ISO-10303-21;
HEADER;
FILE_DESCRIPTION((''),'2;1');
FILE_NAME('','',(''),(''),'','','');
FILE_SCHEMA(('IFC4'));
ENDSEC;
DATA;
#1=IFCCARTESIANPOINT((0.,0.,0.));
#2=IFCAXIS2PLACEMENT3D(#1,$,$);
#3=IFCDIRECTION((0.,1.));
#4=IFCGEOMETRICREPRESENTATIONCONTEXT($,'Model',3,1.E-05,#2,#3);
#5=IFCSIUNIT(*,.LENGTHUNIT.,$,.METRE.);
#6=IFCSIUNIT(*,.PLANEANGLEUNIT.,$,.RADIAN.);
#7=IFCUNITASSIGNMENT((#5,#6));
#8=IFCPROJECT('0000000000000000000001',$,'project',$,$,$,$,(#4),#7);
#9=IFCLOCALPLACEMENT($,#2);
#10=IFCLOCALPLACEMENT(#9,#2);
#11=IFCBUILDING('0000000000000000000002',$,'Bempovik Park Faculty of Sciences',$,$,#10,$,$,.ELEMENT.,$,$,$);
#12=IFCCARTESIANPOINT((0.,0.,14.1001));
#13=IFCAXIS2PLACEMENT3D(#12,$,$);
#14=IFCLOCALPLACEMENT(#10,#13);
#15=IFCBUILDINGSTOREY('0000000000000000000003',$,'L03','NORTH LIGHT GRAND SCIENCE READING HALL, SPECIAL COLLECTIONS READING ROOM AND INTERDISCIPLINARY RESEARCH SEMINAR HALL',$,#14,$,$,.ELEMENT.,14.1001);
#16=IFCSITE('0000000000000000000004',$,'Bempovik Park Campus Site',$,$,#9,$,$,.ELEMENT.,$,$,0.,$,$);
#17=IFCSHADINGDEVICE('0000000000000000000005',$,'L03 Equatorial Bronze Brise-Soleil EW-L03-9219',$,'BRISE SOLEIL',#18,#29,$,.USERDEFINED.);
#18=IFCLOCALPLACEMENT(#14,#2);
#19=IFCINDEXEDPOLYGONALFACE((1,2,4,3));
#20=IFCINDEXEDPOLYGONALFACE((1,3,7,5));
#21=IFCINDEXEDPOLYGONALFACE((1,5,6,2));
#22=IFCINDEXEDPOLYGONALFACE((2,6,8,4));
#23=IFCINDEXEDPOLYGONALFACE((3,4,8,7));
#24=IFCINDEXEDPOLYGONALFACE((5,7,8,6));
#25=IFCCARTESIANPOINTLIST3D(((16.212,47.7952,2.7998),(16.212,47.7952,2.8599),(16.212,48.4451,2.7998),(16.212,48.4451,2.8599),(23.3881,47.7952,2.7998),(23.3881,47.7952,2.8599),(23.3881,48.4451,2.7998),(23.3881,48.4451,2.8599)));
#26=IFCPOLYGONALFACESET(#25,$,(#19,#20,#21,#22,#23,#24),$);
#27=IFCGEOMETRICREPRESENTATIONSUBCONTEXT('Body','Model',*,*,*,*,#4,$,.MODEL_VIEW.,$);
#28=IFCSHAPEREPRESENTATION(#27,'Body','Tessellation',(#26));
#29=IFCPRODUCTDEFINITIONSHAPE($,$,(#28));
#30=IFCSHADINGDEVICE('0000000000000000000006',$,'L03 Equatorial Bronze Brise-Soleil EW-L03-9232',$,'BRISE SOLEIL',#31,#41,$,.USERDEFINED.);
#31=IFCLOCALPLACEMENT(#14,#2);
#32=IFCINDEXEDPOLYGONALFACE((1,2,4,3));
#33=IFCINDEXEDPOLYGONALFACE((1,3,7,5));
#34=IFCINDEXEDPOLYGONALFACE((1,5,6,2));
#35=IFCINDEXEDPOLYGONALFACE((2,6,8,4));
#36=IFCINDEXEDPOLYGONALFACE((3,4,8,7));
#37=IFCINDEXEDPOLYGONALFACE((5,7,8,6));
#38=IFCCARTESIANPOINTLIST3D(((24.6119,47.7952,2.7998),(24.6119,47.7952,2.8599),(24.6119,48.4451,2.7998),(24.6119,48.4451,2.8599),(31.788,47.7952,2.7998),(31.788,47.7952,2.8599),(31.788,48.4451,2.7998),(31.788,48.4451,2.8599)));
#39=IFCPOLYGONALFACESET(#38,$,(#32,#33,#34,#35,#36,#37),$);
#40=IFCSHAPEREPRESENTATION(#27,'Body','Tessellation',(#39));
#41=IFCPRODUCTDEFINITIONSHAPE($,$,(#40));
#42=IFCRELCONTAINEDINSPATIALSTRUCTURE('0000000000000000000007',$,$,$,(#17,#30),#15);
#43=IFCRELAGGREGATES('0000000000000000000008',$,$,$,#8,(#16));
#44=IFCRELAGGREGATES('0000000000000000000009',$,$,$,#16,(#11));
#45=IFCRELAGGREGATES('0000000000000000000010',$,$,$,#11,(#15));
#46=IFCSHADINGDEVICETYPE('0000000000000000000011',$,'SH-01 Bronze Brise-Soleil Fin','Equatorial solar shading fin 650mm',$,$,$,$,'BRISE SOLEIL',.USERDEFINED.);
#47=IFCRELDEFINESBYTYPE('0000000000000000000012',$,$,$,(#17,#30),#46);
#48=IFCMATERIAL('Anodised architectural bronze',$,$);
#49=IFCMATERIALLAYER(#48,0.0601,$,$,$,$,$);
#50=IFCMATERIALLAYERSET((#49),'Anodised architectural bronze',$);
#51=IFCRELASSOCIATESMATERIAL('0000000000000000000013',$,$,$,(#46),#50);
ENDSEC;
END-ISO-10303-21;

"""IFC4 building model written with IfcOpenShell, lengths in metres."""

from ifc_helpers import new_model, si_unit, direction, frame, origin, origin_2d, place, context, subcontext, project, spatial, rectangle, extrude, material, layer, layer_set, type_object, element, save


model = new_model("IFC4")

# Units and contexts
model_context = context("Model", 3, precision=1e-05, world=origin(), true_north=direction((0.0, 1.0)))
body_context = subcontext(model_context, "Body", "Model", "MODEL_VIEW")
ifc_project = project(units=[si_unit("LENGTHUNIT", "METRE"), si_unit("PLANEANGLEUNIT", "RADIAN")], contexts=[model_context])

# Site, building, storey
site_placement = place(None, origin())
site = spatial("IfcSite", under=ifc_project, at=site_placement, Name="Bempovik Park Campus Site", CompositionType="ELEMENT", RefElevation=0.0)
building_placement = place(site_placement, origin())
building = spatial("IfcBuilding", under=site, at=building_placement, Name="Bempovik Park Faculty of Sciences", CompositionType="ELEMENT")
storey_placement = place(building_placement, frame((0.0, 0.0, 14.1001)))
storey = spatial("IfcBuildingStorey", under=building, at=storey_placement, Name="L03", Description="NORTH LIGHT GRAND SCIENCE READING HALL, SPECIAL COLLECTIONS READING ROOM AND INTERDISCIPLINARY RESEARCH SEMINAR HALL", CompositionType="ELEMENT", Elevation=14.1001)

# Shading devices
ifc_material_1 = material(Name="Anodised architectural bronze")
ifc_layer_1 = layer(ifc_material_1, 0.0601)
ifc_layer_set_1 = layer_set([ifc_layer_1], Name="Anodised architectural bronze")
shading_device_type = type_object("IfcShadingDeviceType", Name="SH-01 Bronze Brise-Soleil Fin", Description="Equatorial solar shading fin 650mm", ElementType="BRISE SOLEIL", PredefinedType="USERDEFINED", material=ifc_layer_set_1)
for number, where, z_axis, x_axis, name in (
    (1, (19.8, 48.1201, 2.7998), (0.0, 0.0, 1.0), (1.0, 0.0, 0.0), "L03 Equatorial Bronze Brise-Soleil EW-L03-9219"),
    (2, (28.2, 48.1201, 2.7998), (0.0, 0.0, 1.0), (1.0, 0.0, 0.0), "L03 Equatorial Bronze Brise-Soleil EW-L03-9232"),
):
    element("IfcShadingDevice", number, at=place(storey_placement, frame(where, z_axis=z_axis, x_axis=x_axis)), inside=storey, type_object=shading_device_type, Name=name, ObjectType="BRISE SOLEIL", PredefinedType="USERDEFINED", context=body_context, shape_type="SweptSolid", body=[
        extrude(rectangle(XDim=7.176, YDim=0.6499, at=origin_2d()), origin(), (0.0, 0.0, 1.0), 0.0601),
    ])

save(model, "model.ifc")
